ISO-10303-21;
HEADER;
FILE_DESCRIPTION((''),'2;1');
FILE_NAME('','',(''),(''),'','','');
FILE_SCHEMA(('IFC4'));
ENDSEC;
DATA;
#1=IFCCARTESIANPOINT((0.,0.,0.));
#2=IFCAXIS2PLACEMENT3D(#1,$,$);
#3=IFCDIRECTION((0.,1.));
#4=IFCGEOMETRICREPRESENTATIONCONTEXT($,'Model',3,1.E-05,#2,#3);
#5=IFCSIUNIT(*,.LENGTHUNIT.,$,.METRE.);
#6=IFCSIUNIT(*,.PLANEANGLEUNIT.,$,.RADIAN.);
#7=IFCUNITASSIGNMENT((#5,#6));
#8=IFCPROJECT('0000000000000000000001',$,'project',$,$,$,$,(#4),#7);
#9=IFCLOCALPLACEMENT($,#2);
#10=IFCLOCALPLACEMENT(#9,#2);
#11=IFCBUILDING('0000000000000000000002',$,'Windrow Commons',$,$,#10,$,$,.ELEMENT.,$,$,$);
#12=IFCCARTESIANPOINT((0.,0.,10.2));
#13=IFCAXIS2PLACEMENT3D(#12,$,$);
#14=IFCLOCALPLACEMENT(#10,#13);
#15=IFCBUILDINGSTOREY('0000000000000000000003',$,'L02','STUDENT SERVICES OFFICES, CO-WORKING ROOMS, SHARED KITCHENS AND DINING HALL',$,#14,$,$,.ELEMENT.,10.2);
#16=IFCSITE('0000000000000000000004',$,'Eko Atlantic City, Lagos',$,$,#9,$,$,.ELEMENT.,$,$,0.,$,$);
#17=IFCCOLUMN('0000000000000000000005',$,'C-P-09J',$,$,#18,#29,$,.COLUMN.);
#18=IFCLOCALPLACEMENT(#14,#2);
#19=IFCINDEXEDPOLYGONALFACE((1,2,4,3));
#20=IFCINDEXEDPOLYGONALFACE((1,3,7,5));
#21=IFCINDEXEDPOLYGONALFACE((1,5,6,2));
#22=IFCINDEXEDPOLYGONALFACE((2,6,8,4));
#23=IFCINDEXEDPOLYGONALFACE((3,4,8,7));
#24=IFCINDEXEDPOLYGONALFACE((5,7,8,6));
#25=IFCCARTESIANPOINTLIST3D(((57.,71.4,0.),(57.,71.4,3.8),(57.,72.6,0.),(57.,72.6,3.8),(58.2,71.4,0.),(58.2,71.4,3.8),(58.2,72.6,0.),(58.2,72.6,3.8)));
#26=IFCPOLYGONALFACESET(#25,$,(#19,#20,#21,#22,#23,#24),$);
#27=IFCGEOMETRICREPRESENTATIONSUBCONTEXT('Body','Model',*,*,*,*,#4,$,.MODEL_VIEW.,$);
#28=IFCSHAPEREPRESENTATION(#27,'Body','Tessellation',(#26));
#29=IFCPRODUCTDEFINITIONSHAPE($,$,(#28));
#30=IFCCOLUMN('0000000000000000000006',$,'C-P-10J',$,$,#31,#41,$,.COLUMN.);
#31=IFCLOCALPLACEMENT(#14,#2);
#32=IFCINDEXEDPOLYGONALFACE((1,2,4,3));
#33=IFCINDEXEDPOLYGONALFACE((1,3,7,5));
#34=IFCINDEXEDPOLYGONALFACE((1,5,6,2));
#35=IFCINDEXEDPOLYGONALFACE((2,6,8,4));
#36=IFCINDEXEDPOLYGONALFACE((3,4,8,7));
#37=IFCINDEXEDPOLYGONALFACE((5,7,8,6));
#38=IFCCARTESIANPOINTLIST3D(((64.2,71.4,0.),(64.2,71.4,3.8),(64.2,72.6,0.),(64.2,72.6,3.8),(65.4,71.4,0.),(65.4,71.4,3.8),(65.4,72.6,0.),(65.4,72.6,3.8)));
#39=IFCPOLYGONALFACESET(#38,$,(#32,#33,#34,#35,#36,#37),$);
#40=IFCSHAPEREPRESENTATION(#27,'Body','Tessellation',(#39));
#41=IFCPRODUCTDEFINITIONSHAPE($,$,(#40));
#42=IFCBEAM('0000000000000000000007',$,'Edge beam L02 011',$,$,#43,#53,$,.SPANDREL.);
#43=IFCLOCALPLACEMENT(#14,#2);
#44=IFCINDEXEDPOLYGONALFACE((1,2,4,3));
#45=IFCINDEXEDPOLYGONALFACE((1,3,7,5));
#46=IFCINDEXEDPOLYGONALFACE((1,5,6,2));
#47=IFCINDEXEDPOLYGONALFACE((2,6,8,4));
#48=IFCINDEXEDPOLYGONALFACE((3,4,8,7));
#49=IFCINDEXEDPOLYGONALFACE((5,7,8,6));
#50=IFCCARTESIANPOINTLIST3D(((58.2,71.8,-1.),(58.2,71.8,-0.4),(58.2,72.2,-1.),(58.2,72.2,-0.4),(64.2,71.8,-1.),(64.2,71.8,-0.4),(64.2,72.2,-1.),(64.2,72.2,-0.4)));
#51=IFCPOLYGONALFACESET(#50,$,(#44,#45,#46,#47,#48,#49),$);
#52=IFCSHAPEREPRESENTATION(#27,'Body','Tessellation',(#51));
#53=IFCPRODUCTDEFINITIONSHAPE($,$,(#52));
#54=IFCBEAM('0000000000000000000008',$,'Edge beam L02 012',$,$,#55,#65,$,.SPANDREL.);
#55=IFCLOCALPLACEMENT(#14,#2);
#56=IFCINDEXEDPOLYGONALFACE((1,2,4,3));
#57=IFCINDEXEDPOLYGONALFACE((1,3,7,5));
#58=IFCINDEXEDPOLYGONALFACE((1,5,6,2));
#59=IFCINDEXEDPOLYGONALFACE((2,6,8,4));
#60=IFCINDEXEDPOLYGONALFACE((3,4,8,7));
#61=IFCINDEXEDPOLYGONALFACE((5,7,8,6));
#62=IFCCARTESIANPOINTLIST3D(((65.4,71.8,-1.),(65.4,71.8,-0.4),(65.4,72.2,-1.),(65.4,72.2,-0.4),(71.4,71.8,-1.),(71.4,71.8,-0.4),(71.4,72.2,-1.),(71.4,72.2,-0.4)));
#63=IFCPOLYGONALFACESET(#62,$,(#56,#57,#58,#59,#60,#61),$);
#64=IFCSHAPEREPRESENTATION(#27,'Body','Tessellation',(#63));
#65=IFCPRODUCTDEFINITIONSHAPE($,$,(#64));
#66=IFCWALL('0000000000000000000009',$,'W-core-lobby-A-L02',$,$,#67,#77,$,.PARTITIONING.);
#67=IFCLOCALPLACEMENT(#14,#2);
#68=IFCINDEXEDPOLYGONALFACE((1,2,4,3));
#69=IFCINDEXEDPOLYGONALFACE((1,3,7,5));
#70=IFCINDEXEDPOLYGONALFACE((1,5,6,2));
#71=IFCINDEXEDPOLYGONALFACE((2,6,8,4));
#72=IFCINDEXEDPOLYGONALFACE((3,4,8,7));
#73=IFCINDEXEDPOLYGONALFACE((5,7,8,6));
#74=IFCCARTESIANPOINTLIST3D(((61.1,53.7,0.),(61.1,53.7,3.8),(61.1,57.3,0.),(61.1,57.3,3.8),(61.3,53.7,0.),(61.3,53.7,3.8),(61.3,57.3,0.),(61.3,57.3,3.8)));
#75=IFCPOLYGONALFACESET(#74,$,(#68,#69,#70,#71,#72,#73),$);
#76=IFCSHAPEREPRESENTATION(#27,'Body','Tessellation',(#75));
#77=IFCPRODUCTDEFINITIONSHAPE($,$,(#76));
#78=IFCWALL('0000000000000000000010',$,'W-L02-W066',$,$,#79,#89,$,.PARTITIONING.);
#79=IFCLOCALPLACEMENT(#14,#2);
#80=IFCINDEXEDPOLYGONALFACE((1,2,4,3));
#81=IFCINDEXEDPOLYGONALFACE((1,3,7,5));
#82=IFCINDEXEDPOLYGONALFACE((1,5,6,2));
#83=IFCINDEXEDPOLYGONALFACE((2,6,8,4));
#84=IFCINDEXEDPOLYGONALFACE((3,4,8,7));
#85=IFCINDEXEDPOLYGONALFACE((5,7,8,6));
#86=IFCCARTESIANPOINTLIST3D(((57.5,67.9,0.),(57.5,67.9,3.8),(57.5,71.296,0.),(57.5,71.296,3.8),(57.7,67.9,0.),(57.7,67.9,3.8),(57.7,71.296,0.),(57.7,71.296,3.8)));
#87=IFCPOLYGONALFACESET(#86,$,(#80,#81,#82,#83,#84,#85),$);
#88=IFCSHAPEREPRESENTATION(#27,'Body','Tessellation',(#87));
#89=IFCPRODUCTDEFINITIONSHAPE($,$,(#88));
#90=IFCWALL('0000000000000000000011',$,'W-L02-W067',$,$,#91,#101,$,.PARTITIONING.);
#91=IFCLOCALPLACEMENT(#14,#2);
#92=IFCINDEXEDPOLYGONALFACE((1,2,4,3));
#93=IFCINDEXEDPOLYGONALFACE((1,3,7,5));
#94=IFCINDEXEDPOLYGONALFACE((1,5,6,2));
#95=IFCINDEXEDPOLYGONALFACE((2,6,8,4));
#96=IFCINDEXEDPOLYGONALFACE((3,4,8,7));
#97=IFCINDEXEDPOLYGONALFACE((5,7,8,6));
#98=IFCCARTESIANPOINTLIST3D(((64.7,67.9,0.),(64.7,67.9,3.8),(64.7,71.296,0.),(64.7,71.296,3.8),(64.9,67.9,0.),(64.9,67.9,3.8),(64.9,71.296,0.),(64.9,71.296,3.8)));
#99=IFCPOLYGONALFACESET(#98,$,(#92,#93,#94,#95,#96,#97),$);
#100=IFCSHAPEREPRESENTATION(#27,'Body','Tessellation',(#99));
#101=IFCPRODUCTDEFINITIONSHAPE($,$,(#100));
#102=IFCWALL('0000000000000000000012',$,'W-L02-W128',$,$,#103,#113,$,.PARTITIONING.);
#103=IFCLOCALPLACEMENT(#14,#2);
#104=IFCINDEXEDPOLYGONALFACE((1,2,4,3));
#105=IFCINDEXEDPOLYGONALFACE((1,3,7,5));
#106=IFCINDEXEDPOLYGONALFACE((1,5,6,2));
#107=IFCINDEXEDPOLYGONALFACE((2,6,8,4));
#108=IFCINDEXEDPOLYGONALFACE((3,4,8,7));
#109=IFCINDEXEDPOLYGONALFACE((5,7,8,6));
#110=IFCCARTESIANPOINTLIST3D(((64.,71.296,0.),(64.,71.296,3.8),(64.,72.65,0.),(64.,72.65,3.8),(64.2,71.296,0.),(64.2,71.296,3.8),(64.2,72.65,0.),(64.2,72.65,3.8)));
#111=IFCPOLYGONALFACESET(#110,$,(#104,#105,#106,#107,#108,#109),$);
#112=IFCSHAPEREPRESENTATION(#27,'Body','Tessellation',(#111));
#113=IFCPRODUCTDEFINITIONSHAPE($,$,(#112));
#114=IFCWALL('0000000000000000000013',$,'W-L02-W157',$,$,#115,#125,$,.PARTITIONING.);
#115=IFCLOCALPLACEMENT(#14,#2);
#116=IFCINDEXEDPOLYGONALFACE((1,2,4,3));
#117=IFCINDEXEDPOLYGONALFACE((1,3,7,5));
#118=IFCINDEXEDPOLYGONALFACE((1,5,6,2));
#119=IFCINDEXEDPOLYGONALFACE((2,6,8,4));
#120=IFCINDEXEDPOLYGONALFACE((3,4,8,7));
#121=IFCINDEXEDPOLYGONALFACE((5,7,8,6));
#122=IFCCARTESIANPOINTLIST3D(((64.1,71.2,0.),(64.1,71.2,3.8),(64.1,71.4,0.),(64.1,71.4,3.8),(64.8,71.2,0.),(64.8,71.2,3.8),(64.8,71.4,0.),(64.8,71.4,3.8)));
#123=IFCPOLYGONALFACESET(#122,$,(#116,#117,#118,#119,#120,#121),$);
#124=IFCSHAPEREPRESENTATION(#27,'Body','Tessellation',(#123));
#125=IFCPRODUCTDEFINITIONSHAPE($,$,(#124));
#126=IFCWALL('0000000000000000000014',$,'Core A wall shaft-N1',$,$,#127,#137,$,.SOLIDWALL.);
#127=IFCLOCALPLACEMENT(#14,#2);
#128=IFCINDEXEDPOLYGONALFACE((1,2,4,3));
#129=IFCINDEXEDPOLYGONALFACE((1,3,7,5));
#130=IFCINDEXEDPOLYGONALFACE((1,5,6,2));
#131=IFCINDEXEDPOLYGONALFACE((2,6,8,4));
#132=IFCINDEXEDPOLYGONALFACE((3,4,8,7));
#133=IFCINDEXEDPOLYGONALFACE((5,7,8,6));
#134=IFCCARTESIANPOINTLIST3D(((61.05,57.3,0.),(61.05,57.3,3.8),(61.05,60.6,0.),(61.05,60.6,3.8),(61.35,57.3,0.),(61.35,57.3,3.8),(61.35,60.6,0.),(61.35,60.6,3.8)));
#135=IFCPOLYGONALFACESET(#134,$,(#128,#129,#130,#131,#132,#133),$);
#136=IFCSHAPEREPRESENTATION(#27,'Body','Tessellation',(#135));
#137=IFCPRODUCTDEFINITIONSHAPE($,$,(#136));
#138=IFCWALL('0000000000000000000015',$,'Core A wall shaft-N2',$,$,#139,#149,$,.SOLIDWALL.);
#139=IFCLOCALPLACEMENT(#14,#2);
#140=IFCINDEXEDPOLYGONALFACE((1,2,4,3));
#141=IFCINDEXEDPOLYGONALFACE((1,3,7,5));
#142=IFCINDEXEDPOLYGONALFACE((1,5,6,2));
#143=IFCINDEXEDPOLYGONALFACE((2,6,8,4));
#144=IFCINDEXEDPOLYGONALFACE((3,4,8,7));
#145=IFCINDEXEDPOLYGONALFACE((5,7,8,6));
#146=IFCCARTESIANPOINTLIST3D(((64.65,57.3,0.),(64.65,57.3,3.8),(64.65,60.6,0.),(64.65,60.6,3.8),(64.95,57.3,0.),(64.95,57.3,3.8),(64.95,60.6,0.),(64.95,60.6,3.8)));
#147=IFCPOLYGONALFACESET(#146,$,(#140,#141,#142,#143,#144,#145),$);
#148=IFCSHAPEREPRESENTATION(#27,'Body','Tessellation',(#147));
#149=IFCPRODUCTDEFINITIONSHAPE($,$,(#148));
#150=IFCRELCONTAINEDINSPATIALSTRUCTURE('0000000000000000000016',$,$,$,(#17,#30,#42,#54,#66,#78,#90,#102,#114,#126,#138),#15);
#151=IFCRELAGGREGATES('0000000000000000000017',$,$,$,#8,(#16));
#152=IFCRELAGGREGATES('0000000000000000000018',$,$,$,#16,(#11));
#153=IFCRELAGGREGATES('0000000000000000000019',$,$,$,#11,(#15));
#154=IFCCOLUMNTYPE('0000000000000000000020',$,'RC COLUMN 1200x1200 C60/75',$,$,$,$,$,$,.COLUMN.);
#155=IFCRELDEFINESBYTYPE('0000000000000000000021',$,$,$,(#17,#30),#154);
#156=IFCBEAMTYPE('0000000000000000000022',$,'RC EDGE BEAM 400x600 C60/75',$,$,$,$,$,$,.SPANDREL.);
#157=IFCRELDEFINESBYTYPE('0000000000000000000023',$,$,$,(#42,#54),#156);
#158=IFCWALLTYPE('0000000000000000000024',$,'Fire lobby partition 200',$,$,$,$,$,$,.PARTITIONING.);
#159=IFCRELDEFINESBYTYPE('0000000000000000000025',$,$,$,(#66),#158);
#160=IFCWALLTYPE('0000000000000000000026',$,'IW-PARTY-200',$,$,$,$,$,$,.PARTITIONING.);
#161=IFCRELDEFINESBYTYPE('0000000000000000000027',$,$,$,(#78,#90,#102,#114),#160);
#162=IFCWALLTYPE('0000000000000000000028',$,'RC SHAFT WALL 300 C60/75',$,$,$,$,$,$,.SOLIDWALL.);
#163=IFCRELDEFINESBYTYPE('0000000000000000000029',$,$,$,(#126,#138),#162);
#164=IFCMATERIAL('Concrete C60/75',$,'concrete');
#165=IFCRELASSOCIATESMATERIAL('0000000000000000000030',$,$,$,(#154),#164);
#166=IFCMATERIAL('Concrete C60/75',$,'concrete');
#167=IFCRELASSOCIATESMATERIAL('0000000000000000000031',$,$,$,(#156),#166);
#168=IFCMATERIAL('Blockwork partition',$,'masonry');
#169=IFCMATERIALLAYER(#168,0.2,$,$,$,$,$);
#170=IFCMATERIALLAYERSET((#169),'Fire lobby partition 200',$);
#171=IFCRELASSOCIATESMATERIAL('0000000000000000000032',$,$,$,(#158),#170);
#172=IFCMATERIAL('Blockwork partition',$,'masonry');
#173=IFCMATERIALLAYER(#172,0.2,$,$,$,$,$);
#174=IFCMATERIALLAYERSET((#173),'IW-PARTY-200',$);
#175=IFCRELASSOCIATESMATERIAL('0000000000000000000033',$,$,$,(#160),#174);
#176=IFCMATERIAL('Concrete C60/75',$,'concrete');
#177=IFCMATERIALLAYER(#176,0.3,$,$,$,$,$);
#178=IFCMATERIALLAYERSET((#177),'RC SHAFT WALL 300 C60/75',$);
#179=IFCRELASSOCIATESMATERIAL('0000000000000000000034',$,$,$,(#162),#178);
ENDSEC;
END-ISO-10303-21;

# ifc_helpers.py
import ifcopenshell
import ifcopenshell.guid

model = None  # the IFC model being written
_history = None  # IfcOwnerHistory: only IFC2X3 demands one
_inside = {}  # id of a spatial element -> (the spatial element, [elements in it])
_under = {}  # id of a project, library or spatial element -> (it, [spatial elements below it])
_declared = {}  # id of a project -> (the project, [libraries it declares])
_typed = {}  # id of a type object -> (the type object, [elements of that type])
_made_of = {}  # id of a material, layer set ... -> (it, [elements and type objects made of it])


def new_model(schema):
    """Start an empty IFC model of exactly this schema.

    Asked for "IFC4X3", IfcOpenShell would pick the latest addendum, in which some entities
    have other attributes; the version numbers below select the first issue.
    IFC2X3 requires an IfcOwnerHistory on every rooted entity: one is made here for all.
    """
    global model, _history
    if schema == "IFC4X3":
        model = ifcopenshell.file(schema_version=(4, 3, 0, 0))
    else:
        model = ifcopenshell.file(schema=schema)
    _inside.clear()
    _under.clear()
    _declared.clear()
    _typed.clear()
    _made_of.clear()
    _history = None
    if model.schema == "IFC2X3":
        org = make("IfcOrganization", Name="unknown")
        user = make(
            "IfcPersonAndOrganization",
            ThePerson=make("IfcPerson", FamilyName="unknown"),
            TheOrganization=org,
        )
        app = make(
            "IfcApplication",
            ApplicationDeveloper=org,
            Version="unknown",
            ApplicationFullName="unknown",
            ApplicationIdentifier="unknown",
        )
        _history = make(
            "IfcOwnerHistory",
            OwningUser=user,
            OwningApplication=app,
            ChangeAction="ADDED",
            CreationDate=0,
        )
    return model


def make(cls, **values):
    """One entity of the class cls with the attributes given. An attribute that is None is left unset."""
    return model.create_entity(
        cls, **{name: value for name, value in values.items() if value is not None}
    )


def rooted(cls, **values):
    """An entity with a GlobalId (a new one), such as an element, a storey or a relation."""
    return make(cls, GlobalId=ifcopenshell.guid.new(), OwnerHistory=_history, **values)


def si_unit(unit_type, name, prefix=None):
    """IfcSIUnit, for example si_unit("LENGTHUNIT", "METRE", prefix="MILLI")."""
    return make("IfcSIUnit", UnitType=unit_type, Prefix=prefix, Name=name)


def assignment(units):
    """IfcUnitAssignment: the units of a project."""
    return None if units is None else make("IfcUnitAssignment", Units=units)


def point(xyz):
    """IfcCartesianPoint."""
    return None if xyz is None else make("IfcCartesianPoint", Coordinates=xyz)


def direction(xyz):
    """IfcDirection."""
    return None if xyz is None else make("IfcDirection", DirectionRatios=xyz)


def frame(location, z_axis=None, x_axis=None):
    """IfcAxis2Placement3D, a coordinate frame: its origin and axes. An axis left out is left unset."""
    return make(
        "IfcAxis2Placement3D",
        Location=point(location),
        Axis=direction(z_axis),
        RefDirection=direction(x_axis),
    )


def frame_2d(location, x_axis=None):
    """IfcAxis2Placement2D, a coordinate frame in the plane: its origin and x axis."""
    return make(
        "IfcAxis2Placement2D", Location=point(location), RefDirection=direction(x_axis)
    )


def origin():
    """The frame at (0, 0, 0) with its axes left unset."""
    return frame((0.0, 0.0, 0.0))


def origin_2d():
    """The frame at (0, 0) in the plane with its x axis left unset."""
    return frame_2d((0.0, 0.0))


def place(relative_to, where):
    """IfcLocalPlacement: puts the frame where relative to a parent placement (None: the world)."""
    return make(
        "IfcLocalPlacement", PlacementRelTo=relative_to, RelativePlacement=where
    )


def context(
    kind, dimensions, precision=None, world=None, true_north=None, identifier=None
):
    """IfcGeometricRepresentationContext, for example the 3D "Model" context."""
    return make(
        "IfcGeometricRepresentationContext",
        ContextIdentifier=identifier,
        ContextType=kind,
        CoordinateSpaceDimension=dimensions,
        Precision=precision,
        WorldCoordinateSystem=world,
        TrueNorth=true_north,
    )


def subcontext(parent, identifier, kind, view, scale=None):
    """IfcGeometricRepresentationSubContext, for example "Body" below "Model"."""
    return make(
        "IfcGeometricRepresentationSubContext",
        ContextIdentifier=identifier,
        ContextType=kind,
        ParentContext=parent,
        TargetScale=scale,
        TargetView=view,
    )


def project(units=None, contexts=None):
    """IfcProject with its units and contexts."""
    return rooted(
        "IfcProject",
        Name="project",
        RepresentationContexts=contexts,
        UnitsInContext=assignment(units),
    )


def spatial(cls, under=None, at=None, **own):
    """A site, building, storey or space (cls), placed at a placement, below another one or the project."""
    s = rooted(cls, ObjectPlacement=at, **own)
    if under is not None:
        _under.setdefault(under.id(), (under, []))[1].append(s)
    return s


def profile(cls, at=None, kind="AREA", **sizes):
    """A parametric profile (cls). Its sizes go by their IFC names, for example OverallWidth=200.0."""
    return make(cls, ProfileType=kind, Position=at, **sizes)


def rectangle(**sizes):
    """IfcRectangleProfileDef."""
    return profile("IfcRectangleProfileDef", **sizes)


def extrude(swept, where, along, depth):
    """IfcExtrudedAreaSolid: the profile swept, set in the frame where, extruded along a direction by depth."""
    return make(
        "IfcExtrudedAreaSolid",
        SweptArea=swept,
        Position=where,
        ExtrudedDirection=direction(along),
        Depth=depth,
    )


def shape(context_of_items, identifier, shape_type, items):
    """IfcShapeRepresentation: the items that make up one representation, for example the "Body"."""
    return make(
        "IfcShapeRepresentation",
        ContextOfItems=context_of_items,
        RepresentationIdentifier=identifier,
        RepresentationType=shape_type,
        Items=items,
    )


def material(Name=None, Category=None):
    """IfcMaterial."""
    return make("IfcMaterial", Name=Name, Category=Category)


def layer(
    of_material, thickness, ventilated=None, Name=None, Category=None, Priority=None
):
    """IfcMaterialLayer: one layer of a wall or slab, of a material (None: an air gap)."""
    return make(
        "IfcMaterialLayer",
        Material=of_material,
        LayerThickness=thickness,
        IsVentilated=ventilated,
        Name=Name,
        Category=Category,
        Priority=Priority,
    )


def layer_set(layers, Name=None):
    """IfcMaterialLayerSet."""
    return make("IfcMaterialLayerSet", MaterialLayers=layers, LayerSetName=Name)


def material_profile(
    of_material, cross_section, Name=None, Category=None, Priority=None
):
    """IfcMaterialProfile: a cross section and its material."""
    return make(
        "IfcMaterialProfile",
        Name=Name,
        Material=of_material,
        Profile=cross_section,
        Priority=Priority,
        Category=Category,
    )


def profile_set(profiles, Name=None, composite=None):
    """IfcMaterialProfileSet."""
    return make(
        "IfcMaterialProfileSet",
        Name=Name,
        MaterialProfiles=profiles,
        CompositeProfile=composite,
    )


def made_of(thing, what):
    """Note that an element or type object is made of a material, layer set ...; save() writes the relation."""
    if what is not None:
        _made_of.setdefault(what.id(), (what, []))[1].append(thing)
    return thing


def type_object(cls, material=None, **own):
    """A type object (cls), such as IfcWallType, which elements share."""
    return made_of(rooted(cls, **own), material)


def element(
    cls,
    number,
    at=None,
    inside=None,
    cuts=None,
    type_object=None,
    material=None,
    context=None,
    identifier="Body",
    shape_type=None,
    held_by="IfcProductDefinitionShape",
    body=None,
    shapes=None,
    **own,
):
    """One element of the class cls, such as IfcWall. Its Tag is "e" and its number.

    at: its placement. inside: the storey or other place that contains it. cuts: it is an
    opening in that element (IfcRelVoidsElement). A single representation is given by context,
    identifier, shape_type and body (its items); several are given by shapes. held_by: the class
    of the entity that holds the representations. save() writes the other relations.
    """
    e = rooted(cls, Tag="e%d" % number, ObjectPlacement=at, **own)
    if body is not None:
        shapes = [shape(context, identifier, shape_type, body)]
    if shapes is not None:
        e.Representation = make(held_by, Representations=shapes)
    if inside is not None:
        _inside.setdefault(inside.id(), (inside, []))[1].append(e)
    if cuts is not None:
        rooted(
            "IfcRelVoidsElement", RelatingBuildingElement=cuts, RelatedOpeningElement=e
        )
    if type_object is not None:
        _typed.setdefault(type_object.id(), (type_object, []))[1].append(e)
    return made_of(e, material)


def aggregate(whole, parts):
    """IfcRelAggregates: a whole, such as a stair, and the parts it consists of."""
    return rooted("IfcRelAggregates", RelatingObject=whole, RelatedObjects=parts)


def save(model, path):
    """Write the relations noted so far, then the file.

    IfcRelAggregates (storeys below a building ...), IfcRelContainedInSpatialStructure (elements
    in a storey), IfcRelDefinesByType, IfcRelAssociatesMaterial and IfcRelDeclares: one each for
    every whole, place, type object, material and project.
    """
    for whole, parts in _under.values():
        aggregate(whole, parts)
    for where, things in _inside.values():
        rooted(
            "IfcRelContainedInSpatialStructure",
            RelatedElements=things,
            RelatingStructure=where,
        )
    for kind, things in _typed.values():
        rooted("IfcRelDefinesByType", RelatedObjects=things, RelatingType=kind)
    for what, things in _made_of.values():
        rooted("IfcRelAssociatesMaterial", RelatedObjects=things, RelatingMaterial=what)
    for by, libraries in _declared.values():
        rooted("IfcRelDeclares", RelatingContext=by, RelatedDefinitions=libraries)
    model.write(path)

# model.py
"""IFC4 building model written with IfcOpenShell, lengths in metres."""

from ifc_helpers import new_model, si_unit, direction, frame, frame_2d, origin, origin_2d, place, context, subcontext, project, spatial, rectangle, extrude, material, layer, layer_set, material_profile, profile_set, type_object, element, save


model = new_model("IFC4")

# Units and contexts
model_context = context("Model", 3, precision=1e-05, world=origin(), true_north=direction((0.0, 1.0)))
body_context = subcontext(model_context, "Body", "Model", "MODEL_VIEW")
ifc_project = project(units=[si_unit("LENGTHUNIT", "METRE"), si_unit("PLANEANGLEUNIT", "RADIAN")], contexts=[model_context])

# Site, building, storey
site_placement = place(None, origin())
site = spatial("IfcSite", under=ifc_project, at=site_placement, Name="Eko Atlantic City, Lagos", CompositionType="ELEMENT", RefElevation=0.0)
building_placement = place(site_placement, origin())
building = spatial("IfcBuilding", under=site, at=building_placement, Name="Windrow Commons", CompositionType="ELEMENT")
storey_placement = place(building_placement, frame((0.0, 0.0, 10.2)))
storey = spatial("IfcBuildingStorey", under=building, at=storey_placement, Name="L02", Description="STUDENT SERVICES OFFICES, CO-WORKING ROOMS, SHARED KITCHENS AND DINING HALL", CompositionType="ELEMENT", Elevation=10.2)

# Columns
ifc_material_1 = material(Name="Concrete C60/75", Category="concrete")
ifc_material_profile_1 = material_profile(ifc_material_1, rectangle(XDim=1.2, YDim=1.2, at=origin_2d()))
ifc_profile_set_1 = profile_set([ifc_material_profile_1], Name="Concrete C60/75")
column_type = type_object("IfcColumnType", Name="RC COLUMN 1200x1200 C60/75", PredefinedType="COLUMN", material=ifc_profile_set_1)
for number, where, z_axis, x_axis, name in (
    (1, (57.6, 72.0, 0.0), (0.0, 0.0, 1.0), (1.0, 0.0, 0.0), "C-P-09J"),
    (2, (64.8, 72.0, 0.0), (0.0, 0.0, 1.0), (1.0, 0.0, 0.0), "C-P-10J"),
):
    element("IfcColumn", number, at=place(storey_placement, frame(where, z_axis=z_axis, x_axis=x_axis)), inside=storey, type_object=column_type, Name=name, PredefinedType="COLUMN", context=body_context, shape_type="SweptSolid", body=[
        extrude(rectangle(XDim=1.2, YDim=1.2, at=origin_2d()), origin(), (0.0, 0.0, 1.0), 3.8),
    ])

# Beams
ifc_material_2 = material(Name="Concrete C60/75", Category="concrete")
ifc_material_profile_2 = material_profile(ifc_material_2, rectangle(XDim=0.4, YDim=0.6, at=origin_2d()))
ifc_profile_set_2 = profile_set([ifc_material_profile_2], Name="Concrete C60/75")
beam_type = type_object("IfcBeamType", Name="RC EDGE BEAM 400x600 C60/75", PredefinedType="SPANDREL", material=ifc_profile_set_2)
for number, where, z_axis, x_axis, name in (
    (3, (58.2, 72.0, -0.7), (1.0, 0.0, 0.0), (0.0, 1.0, 0.0), "Edge beam L02 011"),
    (4, (65.4, 72.0, -0.7), (1.0, 0.0, 0.0), (0.0, 1.0, 0.0), "Edge beam L02 012"),
):
    element("IfcBeam", number, at=place(storey_placement, frame(where, z_axis=z_axis, x_axis=x_axis)), inside=storey, type_object=beam_type, Name=name, PredefinedType="SPANDREL", context=body_context, shape_type="SweptSolid", body=[
        extrude(rectangle(XDim=0.4, YDim=0.6, at=origin_2d()), origin(), (0.0, 0.0, 1.0), 6.0),
    ])

# Walls
ifc_material_3 = material(Name="Blockwork partition", Category="masonry")
ifc_layer_1 = layer(ifc_material_3, 0.2)
ifc_layer_set_1 = layer_set([ifc_layer_1], Name="Fire lobby partition 200")
wall_type_1 = type_object("IfcWallType", Name="Fire lobby partition 200", PredefinedType="PARTITIONING", material=ifc_layer_set_1)
wall_1_placement = place(storey_placement, frame((61.2, 53.7, 0.0), z_axis=(0.0, 0.0, 1.0), x_axis=(0.0, 1.0, 0.0)))
element("IfcWall", 5, at=wall_1_placement, inside=storey, type_object=wall_type_1, Name="W-core-lobby-A-L02", PredefinedType="PARTITIONING", context=body_context, shape_type="SweptSolid", body=[
    extrude(rectangle(XDim=3.6, YDim=0.2, at=frame_2d((1.8, 0.0))), origin(), (0.0, 0.0, 1.0), 3.8),
])
ifc_material_4 = material(Name="Blockwork partition", Category="masonry")
ifc_layer_2 = layer(ifc_material_4, 0.2)
ifc_layer_set_2 = layer_set([ifc_layer_2], Name="IW-PARTY-200")
wall_type_2 = type_object("IfcWallType", Name="IW-PARTY-200", PredefinedType="PARTITIONING", material=ifc_layer_set_2)
for number, where, z_axis, x_axis, name in (
    (6, (57.6, 67.9, 0.0), (0.0, 0.0, 1.0), (0.0, 1.0, 0.0), "W-L02-W066"),
    (7, (64.8, 67.9, 0.0), (0.0, 0.0, 1.0), (0.0, 1.0, 0.0), "W-L02-W067"),
):
    element("IfcWall", number, at=place(storey_placement, frame(where, z_axis=z_axis, x_axis=x_axis)), inside=storey, type_object=wall_type_2, Name=name, PredefinedType="PARTITIONING", context=body_context, shape_type="SweptSolid", body=[
        extrude(rectangle(XDim=3.396, YDim=0.2, at=frame_2d((1.698, 0.0))), origin(), (0.0, 0.0, 1.0), 3.8),
    ])
wall_2_placement = place(storey_placement, frame((64.1, 71.296, 0.0), z_axis=(0.0, 0.0, 1.0), x_axis=(0.0, 1.0, 0.0)))
element("IfcWall", 8, at=wall_2_placement, inside=storey, type_object=wall_type_2, Name="W-L02-W128", PredefinedType="PARTITIONING", context=body_context, shape_type="SweptSolid", body=[
    extrude(rectangle(XDim=1.354, YDim=0.2, at=frame_2d((0.677, 0.0))), origin(), (0.0, 0.0, 1.0), 3.8),
])
wall_3_placement = place(storey_placement, frame((64.1, 71.3, 0.0), z_axis=(0.0, 0.0, 1.0), x_axis=(1.0, 0.0, 0.0)))
element("IfcWall", 9, at=wall_3_placement, inside=storey, type_object=wall_type_2, Name="W-L02-W157", PredefinedType="PARTITIONING", context=body_context, shape_type="SweptSolid", body=[
    extrude(rectangle(XDim=0.7, YDim=0.2, at=frame_2d((0.35, 0.0))), origin(), (0.0, 0.0, 1.0), 3.8),
])
ifc_material_5 = material(Name="Concrete C60/75", Category="concrete")
ifc_layer_3 = layer(ifc_material_5, 0.3)
ifc_layer_set_3 = layer_set([ifc_layer_3], Name="RC SHAFT WALL 300 C60/75")
wall_type_3 = type_object("IfcWallType", Name="RC SHAFT WALL 300 C60/75", PredefinedType="SOLIDWALL", material=ifc_layer_set_3)
for number, where, z_axis, x_axis, name in (
    (10, (61.2, 57.3, 0.0), (0.0, 0.0, 1.0), (0.0, 1.0, 0.0), "Core A wall shaft-N1"),
    (11, (64.8, 57.3, 0.0), (0.0, 0.0, 1.0), (0.0, 1.0, 0.0), "Core A wall shaft-N2"),
):
    element("IfcWall", number, at=place(storey_placement, frame(where, z_axis=z_axis, x_axis=x_axis)), inside=storey, type_object=wall_type_3, Name=name, PredefinedType="SOLIDWALL", context=body_context, shape_type="SweptSolid", body=[
        extrude(rectangle(XDim=3.3, YDim=0.3, at=frame_2d((1.65, 0.0))), origin(), (0.0, 0.0, 1.0), 3.8),
    ])

save(model, "model.ifc")
